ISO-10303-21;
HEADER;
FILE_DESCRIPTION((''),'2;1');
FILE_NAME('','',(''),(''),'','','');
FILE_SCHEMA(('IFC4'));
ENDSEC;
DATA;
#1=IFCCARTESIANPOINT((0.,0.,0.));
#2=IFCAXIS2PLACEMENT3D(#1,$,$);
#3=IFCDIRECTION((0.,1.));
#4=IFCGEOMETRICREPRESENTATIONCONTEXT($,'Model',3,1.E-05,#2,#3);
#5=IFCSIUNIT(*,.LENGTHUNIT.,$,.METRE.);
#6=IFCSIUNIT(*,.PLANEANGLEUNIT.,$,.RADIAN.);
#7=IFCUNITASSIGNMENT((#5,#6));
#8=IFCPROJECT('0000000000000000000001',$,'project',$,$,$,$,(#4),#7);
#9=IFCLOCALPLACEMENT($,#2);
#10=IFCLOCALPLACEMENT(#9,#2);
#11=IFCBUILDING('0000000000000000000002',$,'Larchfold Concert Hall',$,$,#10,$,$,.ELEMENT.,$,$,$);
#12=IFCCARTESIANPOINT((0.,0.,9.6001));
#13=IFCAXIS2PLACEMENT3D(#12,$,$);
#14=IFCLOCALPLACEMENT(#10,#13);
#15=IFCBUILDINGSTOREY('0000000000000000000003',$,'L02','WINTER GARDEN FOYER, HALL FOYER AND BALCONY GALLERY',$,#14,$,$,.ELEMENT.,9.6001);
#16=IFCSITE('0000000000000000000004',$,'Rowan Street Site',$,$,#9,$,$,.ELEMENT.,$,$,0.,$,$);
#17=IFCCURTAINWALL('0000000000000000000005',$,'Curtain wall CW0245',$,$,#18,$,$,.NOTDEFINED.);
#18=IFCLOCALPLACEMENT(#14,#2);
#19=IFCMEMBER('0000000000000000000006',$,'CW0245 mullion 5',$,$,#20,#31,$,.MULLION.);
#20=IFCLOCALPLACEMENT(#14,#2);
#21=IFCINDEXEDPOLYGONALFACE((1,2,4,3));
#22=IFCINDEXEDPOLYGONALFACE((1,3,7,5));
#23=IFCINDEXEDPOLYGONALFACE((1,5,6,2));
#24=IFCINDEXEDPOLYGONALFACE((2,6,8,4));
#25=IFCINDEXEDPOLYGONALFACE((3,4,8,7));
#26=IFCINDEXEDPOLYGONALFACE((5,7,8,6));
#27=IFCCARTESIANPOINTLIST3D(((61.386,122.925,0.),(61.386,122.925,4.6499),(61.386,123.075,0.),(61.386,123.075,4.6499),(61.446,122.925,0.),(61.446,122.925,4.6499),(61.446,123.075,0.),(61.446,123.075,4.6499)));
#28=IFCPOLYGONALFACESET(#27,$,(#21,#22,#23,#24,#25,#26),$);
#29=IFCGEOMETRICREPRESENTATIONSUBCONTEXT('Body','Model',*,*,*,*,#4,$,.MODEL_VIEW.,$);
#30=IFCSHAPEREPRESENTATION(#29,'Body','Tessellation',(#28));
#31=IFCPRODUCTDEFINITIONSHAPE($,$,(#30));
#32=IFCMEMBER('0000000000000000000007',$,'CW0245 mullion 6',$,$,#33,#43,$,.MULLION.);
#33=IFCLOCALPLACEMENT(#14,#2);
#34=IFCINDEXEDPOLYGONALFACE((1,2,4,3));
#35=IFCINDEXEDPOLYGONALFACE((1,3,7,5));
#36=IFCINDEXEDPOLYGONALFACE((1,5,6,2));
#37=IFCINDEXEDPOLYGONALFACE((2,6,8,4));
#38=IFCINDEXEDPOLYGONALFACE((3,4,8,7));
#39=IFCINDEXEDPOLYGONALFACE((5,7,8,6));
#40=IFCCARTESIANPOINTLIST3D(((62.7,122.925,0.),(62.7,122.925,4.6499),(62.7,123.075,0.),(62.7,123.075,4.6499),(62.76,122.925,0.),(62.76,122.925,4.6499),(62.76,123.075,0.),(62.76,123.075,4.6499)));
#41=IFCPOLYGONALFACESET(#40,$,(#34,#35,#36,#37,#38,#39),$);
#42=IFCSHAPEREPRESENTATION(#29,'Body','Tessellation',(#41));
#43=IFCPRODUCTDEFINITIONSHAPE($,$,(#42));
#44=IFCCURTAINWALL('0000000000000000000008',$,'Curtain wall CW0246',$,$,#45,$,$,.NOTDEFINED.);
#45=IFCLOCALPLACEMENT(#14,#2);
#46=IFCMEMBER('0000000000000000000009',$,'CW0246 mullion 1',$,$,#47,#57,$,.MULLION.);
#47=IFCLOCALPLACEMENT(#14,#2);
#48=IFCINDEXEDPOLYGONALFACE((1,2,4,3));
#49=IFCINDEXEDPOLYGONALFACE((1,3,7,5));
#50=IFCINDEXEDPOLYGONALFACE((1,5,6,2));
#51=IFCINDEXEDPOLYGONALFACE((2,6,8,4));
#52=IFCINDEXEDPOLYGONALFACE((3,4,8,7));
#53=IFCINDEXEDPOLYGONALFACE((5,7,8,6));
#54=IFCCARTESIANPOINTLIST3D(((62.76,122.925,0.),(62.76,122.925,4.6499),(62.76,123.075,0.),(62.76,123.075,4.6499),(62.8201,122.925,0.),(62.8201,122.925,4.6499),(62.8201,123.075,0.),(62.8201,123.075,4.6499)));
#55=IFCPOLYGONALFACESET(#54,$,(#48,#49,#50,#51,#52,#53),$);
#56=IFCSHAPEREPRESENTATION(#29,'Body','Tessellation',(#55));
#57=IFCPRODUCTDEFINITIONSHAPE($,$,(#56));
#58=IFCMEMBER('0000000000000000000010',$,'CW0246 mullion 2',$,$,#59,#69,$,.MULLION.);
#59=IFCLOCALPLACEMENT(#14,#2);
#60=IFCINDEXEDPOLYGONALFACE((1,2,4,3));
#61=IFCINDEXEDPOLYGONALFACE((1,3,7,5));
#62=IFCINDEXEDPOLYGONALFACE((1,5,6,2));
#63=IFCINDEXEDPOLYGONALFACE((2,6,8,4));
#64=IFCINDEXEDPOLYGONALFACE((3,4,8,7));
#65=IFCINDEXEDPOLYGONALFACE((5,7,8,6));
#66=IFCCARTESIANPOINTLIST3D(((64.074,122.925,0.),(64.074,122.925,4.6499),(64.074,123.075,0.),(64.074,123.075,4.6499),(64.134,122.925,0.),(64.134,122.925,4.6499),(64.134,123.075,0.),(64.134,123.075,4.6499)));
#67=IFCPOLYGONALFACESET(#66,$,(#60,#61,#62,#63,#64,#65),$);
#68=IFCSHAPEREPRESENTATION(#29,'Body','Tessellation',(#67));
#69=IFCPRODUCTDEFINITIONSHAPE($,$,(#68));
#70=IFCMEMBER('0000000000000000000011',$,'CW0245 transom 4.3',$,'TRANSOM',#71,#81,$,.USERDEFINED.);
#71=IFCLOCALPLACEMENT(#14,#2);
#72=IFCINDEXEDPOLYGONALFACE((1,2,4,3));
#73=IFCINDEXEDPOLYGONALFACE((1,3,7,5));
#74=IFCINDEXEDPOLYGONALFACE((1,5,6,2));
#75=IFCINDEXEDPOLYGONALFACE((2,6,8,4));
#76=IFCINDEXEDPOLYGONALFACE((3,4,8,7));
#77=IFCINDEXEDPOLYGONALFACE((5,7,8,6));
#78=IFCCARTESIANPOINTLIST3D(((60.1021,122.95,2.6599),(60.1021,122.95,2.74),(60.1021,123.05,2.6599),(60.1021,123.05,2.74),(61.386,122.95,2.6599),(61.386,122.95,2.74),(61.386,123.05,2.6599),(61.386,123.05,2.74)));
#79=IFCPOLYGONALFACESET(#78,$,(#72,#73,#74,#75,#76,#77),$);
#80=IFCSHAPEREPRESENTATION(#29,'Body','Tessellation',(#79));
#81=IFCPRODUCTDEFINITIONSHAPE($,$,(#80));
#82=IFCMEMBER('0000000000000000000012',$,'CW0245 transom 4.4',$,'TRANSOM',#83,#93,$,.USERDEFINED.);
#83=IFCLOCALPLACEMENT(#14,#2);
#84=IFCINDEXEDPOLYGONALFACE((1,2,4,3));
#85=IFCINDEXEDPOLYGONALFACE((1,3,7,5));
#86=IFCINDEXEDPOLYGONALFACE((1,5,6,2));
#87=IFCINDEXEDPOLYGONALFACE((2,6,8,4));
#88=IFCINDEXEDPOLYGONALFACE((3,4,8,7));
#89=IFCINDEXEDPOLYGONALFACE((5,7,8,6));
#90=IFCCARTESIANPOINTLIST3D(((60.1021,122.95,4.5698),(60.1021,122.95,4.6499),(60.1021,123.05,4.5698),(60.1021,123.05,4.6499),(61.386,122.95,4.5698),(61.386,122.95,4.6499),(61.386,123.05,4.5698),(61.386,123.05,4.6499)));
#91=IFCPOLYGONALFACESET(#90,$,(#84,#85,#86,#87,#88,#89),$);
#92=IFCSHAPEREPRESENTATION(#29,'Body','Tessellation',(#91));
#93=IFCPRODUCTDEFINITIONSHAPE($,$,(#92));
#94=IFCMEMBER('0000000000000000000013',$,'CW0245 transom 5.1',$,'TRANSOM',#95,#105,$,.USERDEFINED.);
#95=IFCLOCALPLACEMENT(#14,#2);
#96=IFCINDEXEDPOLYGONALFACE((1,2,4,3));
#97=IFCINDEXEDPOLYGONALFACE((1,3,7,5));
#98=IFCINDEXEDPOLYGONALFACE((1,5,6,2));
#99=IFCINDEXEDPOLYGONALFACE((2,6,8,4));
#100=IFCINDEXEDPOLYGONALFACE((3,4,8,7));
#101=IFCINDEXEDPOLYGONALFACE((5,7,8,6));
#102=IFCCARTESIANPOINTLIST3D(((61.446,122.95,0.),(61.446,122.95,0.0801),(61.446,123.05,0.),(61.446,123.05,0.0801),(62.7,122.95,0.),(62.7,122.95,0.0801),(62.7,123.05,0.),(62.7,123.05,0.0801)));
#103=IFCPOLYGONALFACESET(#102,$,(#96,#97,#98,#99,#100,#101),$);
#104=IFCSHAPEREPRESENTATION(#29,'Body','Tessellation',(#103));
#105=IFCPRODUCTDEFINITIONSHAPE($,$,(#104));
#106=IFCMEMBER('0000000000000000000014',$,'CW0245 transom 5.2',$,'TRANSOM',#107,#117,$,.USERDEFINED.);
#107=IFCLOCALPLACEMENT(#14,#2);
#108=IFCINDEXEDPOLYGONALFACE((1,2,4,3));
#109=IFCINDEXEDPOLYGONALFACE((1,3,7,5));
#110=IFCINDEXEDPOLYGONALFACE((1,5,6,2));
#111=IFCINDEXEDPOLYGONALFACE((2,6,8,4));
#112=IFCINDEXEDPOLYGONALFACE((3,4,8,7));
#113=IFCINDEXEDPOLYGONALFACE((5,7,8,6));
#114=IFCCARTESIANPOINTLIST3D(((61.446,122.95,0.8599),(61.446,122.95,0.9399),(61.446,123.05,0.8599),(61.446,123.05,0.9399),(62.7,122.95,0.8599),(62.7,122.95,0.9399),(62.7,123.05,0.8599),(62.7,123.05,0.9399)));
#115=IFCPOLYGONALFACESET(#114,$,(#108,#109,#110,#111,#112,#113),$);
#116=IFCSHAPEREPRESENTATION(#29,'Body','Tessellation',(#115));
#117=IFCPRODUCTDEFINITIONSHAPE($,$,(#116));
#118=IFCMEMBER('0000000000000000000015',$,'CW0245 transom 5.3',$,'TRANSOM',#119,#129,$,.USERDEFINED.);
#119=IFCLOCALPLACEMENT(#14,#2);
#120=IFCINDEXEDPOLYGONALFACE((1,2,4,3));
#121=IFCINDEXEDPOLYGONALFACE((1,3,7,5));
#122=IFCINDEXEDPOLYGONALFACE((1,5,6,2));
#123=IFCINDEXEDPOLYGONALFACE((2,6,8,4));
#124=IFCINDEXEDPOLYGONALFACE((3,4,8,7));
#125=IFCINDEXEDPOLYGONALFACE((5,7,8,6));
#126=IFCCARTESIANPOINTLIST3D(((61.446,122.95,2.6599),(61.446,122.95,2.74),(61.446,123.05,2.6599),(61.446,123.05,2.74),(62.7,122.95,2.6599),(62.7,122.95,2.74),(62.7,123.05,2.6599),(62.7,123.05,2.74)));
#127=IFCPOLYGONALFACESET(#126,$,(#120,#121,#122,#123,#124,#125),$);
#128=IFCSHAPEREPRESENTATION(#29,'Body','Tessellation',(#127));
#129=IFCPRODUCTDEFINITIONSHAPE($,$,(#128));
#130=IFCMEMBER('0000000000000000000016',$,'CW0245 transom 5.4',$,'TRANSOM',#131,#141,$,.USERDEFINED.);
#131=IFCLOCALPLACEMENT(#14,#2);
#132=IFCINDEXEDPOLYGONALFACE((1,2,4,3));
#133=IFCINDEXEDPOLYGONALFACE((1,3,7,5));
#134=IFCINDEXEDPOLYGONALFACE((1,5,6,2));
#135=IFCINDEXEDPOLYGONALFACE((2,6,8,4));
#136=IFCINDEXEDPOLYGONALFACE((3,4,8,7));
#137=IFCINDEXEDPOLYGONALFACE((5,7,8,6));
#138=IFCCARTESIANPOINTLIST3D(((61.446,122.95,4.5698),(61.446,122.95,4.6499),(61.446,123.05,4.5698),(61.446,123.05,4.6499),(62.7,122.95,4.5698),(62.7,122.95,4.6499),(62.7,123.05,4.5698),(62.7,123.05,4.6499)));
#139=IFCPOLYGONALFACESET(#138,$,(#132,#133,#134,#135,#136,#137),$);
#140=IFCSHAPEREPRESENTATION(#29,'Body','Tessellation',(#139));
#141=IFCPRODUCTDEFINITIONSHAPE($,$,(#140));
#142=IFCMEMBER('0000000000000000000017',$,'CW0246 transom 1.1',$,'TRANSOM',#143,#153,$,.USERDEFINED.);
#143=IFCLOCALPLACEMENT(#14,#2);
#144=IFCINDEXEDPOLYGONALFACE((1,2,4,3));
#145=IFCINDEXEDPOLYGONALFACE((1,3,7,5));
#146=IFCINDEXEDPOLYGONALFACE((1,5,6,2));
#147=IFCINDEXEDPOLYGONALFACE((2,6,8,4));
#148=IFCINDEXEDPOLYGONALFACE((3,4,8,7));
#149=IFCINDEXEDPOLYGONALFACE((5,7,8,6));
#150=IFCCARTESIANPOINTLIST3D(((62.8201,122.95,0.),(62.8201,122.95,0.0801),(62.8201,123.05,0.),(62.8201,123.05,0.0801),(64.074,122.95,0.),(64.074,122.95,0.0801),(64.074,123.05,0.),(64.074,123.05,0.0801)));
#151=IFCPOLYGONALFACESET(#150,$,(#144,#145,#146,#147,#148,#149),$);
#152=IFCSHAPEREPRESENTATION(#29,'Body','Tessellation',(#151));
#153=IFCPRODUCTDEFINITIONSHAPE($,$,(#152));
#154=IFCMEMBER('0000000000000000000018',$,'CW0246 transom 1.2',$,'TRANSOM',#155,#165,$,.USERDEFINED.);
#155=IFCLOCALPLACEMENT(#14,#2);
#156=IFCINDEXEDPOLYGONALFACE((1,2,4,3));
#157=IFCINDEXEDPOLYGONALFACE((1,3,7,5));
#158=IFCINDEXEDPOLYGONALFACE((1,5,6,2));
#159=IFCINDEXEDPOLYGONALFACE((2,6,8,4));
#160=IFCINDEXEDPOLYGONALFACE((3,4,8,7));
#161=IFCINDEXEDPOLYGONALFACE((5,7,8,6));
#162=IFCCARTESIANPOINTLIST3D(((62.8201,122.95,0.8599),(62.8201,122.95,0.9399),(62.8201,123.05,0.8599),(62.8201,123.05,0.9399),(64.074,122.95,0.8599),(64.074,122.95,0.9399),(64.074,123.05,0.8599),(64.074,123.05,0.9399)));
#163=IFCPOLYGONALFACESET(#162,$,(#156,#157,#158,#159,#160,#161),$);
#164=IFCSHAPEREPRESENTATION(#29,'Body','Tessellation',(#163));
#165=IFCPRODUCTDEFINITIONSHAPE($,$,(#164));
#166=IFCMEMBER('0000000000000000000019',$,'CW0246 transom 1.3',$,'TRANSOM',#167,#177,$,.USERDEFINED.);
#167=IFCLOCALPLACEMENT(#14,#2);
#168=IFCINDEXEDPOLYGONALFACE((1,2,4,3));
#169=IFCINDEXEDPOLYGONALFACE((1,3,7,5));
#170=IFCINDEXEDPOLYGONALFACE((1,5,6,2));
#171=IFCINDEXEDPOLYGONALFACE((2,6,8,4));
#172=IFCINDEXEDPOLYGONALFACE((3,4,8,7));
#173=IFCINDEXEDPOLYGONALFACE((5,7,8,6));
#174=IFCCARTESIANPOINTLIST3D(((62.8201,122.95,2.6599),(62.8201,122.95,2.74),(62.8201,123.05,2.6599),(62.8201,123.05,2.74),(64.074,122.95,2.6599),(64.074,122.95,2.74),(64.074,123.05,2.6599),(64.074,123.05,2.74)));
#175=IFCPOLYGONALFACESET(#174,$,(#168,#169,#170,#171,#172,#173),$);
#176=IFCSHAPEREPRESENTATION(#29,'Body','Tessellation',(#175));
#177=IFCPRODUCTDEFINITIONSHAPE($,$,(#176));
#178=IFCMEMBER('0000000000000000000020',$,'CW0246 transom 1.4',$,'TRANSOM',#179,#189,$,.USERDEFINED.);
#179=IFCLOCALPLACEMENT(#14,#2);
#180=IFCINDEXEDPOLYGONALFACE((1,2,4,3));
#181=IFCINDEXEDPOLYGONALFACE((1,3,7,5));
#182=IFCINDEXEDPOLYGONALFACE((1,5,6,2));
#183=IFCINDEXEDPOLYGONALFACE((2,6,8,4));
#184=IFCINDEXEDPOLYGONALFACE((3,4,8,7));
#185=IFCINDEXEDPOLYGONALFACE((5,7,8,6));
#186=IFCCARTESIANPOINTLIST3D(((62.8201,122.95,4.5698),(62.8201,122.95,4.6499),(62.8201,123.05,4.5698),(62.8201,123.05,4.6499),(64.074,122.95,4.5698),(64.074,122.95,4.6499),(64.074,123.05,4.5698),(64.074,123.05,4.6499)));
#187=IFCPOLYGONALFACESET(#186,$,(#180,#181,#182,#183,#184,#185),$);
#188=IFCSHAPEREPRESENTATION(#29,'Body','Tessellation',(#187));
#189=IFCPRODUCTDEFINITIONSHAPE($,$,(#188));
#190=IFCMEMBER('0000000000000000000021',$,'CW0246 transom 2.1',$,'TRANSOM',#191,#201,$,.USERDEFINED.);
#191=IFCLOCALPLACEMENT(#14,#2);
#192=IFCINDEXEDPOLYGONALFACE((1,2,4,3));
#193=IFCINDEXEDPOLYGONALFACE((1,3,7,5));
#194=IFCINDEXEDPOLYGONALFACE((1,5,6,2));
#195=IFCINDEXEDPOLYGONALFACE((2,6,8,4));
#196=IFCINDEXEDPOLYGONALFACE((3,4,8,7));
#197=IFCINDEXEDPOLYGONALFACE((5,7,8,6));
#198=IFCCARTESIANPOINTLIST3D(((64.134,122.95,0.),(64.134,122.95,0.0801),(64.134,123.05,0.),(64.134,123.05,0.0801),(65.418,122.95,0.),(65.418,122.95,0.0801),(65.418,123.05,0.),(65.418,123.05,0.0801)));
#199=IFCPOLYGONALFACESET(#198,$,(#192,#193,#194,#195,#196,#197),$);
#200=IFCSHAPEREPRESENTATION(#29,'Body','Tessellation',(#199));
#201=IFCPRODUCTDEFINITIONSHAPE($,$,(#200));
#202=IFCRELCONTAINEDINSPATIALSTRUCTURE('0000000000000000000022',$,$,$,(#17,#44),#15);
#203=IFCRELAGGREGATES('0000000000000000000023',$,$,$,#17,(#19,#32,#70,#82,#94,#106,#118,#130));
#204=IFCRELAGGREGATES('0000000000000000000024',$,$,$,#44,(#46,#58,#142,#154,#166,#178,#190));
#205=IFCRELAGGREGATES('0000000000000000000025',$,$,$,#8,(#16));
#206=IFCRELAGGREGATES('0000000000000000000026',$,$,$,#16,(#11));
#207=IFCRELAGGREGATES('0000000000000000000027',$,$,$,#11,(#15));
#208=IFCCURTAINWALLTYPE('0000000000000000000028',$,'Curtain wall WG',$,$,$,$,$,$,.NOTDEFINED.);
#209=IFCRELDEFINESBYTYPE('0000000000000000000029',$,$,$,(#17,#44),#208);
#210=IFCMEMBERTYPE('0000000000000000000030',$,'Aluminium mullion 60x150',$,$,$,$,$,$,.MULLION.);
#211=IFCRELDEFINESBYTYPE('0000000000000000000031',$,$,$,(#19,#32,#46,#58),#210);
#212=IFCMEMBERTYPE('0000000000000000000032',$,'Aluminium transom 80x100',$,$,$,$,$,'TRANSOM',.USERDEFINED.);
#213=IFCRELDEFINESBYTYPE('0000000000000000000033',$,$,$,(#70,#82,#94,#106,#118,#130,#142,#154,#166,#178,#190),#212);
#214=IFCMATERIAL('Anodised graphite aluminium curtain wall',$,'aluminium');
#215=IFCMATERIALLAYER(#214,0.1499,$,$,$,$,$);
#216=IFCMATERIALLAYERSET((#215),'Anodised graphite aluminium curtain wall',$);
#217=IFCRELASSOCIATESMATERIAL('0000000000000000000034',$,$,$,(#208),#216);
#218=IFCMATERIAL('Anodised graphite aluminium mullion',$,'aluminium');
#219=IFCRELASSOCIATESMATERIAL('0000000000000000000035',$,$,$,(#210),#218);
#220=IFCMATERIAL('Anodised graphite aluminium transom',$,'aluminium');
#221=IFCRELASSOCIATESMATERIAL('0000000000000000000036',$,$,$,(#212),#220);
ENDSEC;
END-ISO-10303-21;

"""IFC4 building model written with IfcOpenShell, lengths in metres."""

from ifc_helpers import new_model, si_unit, direction, frame, origin, origin_2d, place, context, subcontext, project, spatial, rectangle, extrude, material, layer, layer_set, material_profile, profile_set, type_object, element, aggregate, save


model = new_model("IFC4")

# Units and contexts
model_context = context("Model", 3, precision=1e-05, world=origin(), true_north=direction((0.0, 1.0)))
body_context = subcontext(model_context, "Body", "Model", "MODEL_VIEW")
ifc_project = project(units=[si_unit("LENGTHUNIT", "METRE"), si_unit("PLANEANGLEUNIT", "RADIAN")], contexts=[model_context])

# Site, building, storey
site_placement = place(None, origin())
site = spatial("IfcSite", under=ifc_project, at=site_placement, Name="Rowan Street Site", CompositionType="ELEMENT", RefElevation=0.0)
building_placement = place(site_placement, origin())
building = spatial("IfcBuilding", under=site, at=building_placement, Name="Larchfold Concert Hall", CompositionType="ELEMENT")
storey_placement = place(building_placement, frame((0.0, 0.0, 9.6001)))
storey = spatial("IfcBuildingStorey", under=building, at=storey_placement, Name="L02", Description="WINTER GARDEN FOYER, HALL FOYER AND BALCONY GALLERY", CompositionType="ELEMENT", Elevation=9.6001)

# Curtain walls, members
ifc_material_1 = material(Name="Anodised graphite aluminium curtain wall", Category="aluminium")
ifc_layer_1 = layer(ifc_material_1, 0.1499)
ifc_layer_set_1 = layer_set([ifc_layer_1], Name="Anodised graphite aluminium curtain wall")
curtain_wall_type = type_object("IfcCurtainWallType", Name="Curtain wall WG", PredefinedType="NOTDEFINED", material=ifc_layer_set_1)
curtain_wall_1_placement = place(storey_placement, origin())
curtain_wall_1 = element("IfcCurtainWall", 1, at=curtain_wall_1_placement, inside=storey, type_object=curtain_wall_type, Name="Curtain wall CW0245", PredefinedType="NOTDEFINED")
ifc_material_2 = material(Name="Anodised graphite aluminium mullion", Category="aluminium")
ifc_material_profile_1 = material_profile(ifc_material_2, rectangle(XDim=0.1499, YDim=0.0601, at=origin_2d()))
ifc_profile_set_1 = profile_set([ifc_material_profile_1], Name="Anodised graphite aluminium mullion")
member_type_1 = type_object("IfcMemberType", Name="Aluminium mullion 60x150", PredefinedType="MULLION", material=ifc_profile_set_1)
member_1_placement = place(storey_placement, frame((61.416, 123.0, 0.0), z_axis=(0.0, 0.0, 1.0), x_axis=(0.0, 1.0, 0.0)))
member_1 = element("IfcMember", 2, at=member_1_placement, type_object=member_type_1, Name="CW0245 mullion 5", PredefinedType="MULLION", context=body_context, shape_type="SweptSolid", body=[
    extrude(rectangle(XDim=0.1499, YDim=0.0601, at=origin_2d()), origin(), (0.0, 0.0, 1.0), 4.6499),
])
member_2_placement = place(storey_placement, frame((62.73, 123.0, 0.0), z_axis=(0.0, 0.0, 1.0), x_axis=(0.0, 1.0, 0.0)))
member_2 = element("IfcMember", 3, at=member_2_placement, type_object=member_type_1, Name="CW0245 mullion 6", PredefinedType="MULLION", context=body_context, shape_type="SweptSolid", body=[
    extrude(rectangle(XDim=0.1499, YDim=0.0601, at=origin_2d()), origin(), (0.0, 0.0, 1.0), 4.6499),
])
curtain_wall_2_placement = place(storey_placement, origin())
curtain_wall_2 = element("IfcCurtainWall", 4, at=curtain_wall_2_placement, inside=storey, type_object=curtain_wall_type, Name="Curtain wall CW0246", PredefinedType="NOTDEFINED")
member_3_placement = place(storey_placement, frame((62.79, 123.0, 0.0), z_axis=(0.0, 0.0, 1.0), x_axis=(0.0, 1.0, 0.0)))
member_3 = element("IfcMember", 5, at=member_3_placement, type_object=member_type_1, Name="CW0246 mullion 1", PredefinedType="MULLION", context=body_context, shape_type="SweptSolid", body=[
    extrude(rectangle(XDim=0.1499, YDim=0.0601, at=origin_2d()), origin(), (0.0, 0.0, 1.0), 4.6499),
])
member_4_placement = place(storey_placement, frame((64.104, 123.0, 0.0), z_axis=(0.0, 0.0, 1.0), x_axis=(0.0, 1.0, 0.0)))
member_4 = element("IfcMember", 6, at=member_4_placement, type_object=member_type_1, Name="CW0246 mullion 2", PredefinedType="MULLION", context=body_context, shape_type="SweptSolid", body=[
    extrude(rectangle(XDim=0.1499, YDim=0.0601, at=origin_2d()), origin(), (0.0, 0.0, 1.0), 4.6499),
])

# Members
ifc_material_3 = material(Name="Anodised graphite aluminium transom", Category="aluminium")
ifc_material_profile_2 = material_profile(ifc_material_3, rectangle(XDim=0.1001, YDim=0.0801, at=origin_2d()))
ifc_profile_set_2 = profile_set([ifc_material_profile_2], Name="Anodised graphite aluminium transom")
member_type_2 = type_object("IfcMemberType", Name="Aluminium transom 80x100", ElementType="TRANSOM", PredefinedType="USERDEFINED", material=ifc_profile_set_2)
member_5_placement = place(storey_placement, frame((60.1021, 123.0, 2.7), z_axis=(1.0, 0.0, 0.0), x_axis=(0.0, 1.0, 0.0)))
member_5 = element("IfcMember", 7, at=member_5_placement, type_object=member_type_2, Name="CW0245 transom 4.3", ObjectType="TRANSOM", PredefinedType="USERDEFINED", context=body_context, shape_type="SweptSolid", body=[
    extrude(rectangle(XDim=0.1001, YDim=0.0801, at=origin_2d()), origin(), (0.0, 0.0, 1.0), 1.2839),
])
member_6_placement = place(storey_placement, frame((60.1021, 123.0, 4.6099), z_axis=(1.0, 0.0, 0.0), x_axis=(0.0, 1.0, 0.0)))
member_6 = element("IfcMember", 8, at=member_6_placement, type_object=member_type_2, Name="CW0245 transom 4.4", ObjectType="TRANSOM", PredefinedType="USERDEFINED", context=body_context, shape_type="SweptSolid", body=[
    extrude(rectangle(XDim=0.1001, YDim=0.0801, at=origin_2d()), origin(), (0.0, 0.0, 1.0), 1.2839),
])
member_7_placement = place(storey_placement, frame((61.446, 123.0, 0.04), z_axis=(1.0, 0.0, 0.0), x_axis=(0.0, 1.0, 0.0)))
member_7 = element("IfcMember", 9, at=member_7_placement, type_object=member_type_2, Name="CW0245 transom 5.1", ObjectType="TRANSOM", PredefinedType="USERDEFINED", context=body_context, shape_type="SweptSolid", body=[
    extrude(rectangle(XDim=0.1001, YDim=0.0801, at=origin_2d()), origin(), (0.0, 0.0, 1.0), 1.2539),
])
member_8_placement = place(storey_placement, frame((61.446, 123.0, 0.8999), z_axis=(1.0, 0.0, 0.0), x_axis=(0.0, 1.0, 0.0)))
member_8 = element("IfcMember", 10, at=member_8_placement, type_object=member_type_2, Name="CW0245 transom 5.2", ObjectType="TRANSOM", PredefinedType="USERDEFINED", context=body_context, shape_type="SweptSolid", body=[
    extrude(rectangle(XDim=0.1001, YDim=0.0801, at=origin_2d()), origin(), (0.0, 0.0, 1.0), 1.2539),
])
member_9_placement = place(storey_placement, frame((61.446, 123.0, 2.7), z_axis=(1.0, 0.0, 0.0), x_axis=(0.0, 1.0, 0.0)))
member_9 = element("IfcMember", 11, at=member_9_placement, type_object=member_type_2, Name="CW0245 transom 5.3", ObjectType="TRANSOM", PredefinedType="USERDEFINED", context=body_context, shape_type="SweptSolid", body=[
    extrude(rectangle(XDim=0.1001, YDim=0.0801, at=origin_2d()), origin(), (0.0, 0.0, 1.0), 1.2539),
])
member_10_placement = place(storey_placement, frame((61.446, 123.0, 4.6099), z_axis=(1.0, 0.0, 0.0), x_axis=(0.0, 1.0, 0.0)))
member_10 = element("IfcMember", 12, at=member_10_placement, type_object=member_type_2, Name="CW0245 transom 5.4", ObjectType="TRANSOM", PredefinedType="USERDEFINED", context=body_context, shape_type="SweptSolid", body=[
    extrude(rectangle(XDim=0.1001, YDim=0.0801, at=origin_2d()), origin(), (0.0, 0.0, 1.0), 1.2539),
])
member_11_placement = place(storey_placement, frame((62.8201, 123.0, 0.04), z_axis=(1.0, 0.0, 0.0), x_axis=(0.0, 1.0, 0.0)))
member_11 = element("IfcMember", 13, at=member_11_placement, type_object=member_type_2, Name="CW0246 transom 1.1", ObjectType="TRANSOM", PredefinedType="USERDEFINED", context=body_context, shape_type="SweptSolid", body=[
    extrude(rectangle(XDim=0.1001, YDim=0.0801, at=origin_2d()), origin(), (0.0, 0.0, 1.0), 1.2539),
])
member_12_placement = place(storey_placement, frame((62.8201, 123.0, 0.8999), z_axis=(1.0, 0.0, 0.0), x_axis=(0.0, 1.0, 0.0)))
member_12 = element("IfcMember", 14, at=member_12_placement, type_object=member_type_2, Name="CW0246 transom 1.2", ObjectType="TRANSOM", PredefinedType="USERDEFINED", context=body_context, shape_type="SweptSolid", body=[
    extrude(rectangle(XDim=0.1001, YDim=0.0801, at=origin_2d()), origin(), (0.0, 0.0, 1.0), 1.2539),
])
member_13_placement = place(storey_placement, frame((62.8201, 123.0, 2.7), z_axis=(1.0, 0.0, 0.0), x_axis=(0.0, 1.0, 0.0)))
member_13 = element("IfcMember", 15, at=member_13_placement, type_object=member_type_2, Name="CW0246 transom 1.3", ObjectType="TRANSOM", PredefinedType="USERDEFINED", context=body_context, shape_type="SweptSolid", body=[
    extrude(rectangle(XDim=0.1001, YDim=0.0801, at=origin_2d()), origin(), (0.0, 0.0, 1.0), 1.2539),
])
member_14_placement = place(storey_placement, frame((62.8201, 123.0, 4.6099), z_axis=(1.0, 0.0, 0.0), x_axis=(0.0, 1.0, 0.0)))
member_14 = element("IfcMember", 16, at=member_14_placement, type_object=member_type_2, Name="CW0246 transom 1.4", ObjectType="TRANSOM", PredefinedType="USERDEFINED", context=body_context, shape_type="SweptSolid", body=[
    extrude(rectangle(XDim=0.1001, YDim=0.0801, at=origin_2d()), origin(), (0.0, 0.0, 1.0), 1.2539),
])
member_15_placement = place(storey_placement, frame((64.134, 123.0, 0.04), z_axis=(1.0, 0.0, 0.0), x_axis=(0.0, 1.0, 0.0)))
member_15 = element("IfcMember", 17, at=member_15_placement, type_object=member_type_2, Name="CW0246 transom 2.1", ObjectType="TRANSOM", PredefinedType="USERDEFINED", context=body_context, shape_type="SweptSolid", body=[
    extrude(rectangle(XDim=0.1001, YDim=0.0801, at=origin_2d()), origin(), (0.0, 0.0, 1.0), 1.2839),
])

aggregate(curtain_wall_1, [member_1, member_2, member_5, member_6, member_7, member_8, member_9, member_10])
aggregate(curtain_wall_2, [member_3, member_4, member_11, member_12, member_13, member_14, member_15])

save(model, "model.ifc")
